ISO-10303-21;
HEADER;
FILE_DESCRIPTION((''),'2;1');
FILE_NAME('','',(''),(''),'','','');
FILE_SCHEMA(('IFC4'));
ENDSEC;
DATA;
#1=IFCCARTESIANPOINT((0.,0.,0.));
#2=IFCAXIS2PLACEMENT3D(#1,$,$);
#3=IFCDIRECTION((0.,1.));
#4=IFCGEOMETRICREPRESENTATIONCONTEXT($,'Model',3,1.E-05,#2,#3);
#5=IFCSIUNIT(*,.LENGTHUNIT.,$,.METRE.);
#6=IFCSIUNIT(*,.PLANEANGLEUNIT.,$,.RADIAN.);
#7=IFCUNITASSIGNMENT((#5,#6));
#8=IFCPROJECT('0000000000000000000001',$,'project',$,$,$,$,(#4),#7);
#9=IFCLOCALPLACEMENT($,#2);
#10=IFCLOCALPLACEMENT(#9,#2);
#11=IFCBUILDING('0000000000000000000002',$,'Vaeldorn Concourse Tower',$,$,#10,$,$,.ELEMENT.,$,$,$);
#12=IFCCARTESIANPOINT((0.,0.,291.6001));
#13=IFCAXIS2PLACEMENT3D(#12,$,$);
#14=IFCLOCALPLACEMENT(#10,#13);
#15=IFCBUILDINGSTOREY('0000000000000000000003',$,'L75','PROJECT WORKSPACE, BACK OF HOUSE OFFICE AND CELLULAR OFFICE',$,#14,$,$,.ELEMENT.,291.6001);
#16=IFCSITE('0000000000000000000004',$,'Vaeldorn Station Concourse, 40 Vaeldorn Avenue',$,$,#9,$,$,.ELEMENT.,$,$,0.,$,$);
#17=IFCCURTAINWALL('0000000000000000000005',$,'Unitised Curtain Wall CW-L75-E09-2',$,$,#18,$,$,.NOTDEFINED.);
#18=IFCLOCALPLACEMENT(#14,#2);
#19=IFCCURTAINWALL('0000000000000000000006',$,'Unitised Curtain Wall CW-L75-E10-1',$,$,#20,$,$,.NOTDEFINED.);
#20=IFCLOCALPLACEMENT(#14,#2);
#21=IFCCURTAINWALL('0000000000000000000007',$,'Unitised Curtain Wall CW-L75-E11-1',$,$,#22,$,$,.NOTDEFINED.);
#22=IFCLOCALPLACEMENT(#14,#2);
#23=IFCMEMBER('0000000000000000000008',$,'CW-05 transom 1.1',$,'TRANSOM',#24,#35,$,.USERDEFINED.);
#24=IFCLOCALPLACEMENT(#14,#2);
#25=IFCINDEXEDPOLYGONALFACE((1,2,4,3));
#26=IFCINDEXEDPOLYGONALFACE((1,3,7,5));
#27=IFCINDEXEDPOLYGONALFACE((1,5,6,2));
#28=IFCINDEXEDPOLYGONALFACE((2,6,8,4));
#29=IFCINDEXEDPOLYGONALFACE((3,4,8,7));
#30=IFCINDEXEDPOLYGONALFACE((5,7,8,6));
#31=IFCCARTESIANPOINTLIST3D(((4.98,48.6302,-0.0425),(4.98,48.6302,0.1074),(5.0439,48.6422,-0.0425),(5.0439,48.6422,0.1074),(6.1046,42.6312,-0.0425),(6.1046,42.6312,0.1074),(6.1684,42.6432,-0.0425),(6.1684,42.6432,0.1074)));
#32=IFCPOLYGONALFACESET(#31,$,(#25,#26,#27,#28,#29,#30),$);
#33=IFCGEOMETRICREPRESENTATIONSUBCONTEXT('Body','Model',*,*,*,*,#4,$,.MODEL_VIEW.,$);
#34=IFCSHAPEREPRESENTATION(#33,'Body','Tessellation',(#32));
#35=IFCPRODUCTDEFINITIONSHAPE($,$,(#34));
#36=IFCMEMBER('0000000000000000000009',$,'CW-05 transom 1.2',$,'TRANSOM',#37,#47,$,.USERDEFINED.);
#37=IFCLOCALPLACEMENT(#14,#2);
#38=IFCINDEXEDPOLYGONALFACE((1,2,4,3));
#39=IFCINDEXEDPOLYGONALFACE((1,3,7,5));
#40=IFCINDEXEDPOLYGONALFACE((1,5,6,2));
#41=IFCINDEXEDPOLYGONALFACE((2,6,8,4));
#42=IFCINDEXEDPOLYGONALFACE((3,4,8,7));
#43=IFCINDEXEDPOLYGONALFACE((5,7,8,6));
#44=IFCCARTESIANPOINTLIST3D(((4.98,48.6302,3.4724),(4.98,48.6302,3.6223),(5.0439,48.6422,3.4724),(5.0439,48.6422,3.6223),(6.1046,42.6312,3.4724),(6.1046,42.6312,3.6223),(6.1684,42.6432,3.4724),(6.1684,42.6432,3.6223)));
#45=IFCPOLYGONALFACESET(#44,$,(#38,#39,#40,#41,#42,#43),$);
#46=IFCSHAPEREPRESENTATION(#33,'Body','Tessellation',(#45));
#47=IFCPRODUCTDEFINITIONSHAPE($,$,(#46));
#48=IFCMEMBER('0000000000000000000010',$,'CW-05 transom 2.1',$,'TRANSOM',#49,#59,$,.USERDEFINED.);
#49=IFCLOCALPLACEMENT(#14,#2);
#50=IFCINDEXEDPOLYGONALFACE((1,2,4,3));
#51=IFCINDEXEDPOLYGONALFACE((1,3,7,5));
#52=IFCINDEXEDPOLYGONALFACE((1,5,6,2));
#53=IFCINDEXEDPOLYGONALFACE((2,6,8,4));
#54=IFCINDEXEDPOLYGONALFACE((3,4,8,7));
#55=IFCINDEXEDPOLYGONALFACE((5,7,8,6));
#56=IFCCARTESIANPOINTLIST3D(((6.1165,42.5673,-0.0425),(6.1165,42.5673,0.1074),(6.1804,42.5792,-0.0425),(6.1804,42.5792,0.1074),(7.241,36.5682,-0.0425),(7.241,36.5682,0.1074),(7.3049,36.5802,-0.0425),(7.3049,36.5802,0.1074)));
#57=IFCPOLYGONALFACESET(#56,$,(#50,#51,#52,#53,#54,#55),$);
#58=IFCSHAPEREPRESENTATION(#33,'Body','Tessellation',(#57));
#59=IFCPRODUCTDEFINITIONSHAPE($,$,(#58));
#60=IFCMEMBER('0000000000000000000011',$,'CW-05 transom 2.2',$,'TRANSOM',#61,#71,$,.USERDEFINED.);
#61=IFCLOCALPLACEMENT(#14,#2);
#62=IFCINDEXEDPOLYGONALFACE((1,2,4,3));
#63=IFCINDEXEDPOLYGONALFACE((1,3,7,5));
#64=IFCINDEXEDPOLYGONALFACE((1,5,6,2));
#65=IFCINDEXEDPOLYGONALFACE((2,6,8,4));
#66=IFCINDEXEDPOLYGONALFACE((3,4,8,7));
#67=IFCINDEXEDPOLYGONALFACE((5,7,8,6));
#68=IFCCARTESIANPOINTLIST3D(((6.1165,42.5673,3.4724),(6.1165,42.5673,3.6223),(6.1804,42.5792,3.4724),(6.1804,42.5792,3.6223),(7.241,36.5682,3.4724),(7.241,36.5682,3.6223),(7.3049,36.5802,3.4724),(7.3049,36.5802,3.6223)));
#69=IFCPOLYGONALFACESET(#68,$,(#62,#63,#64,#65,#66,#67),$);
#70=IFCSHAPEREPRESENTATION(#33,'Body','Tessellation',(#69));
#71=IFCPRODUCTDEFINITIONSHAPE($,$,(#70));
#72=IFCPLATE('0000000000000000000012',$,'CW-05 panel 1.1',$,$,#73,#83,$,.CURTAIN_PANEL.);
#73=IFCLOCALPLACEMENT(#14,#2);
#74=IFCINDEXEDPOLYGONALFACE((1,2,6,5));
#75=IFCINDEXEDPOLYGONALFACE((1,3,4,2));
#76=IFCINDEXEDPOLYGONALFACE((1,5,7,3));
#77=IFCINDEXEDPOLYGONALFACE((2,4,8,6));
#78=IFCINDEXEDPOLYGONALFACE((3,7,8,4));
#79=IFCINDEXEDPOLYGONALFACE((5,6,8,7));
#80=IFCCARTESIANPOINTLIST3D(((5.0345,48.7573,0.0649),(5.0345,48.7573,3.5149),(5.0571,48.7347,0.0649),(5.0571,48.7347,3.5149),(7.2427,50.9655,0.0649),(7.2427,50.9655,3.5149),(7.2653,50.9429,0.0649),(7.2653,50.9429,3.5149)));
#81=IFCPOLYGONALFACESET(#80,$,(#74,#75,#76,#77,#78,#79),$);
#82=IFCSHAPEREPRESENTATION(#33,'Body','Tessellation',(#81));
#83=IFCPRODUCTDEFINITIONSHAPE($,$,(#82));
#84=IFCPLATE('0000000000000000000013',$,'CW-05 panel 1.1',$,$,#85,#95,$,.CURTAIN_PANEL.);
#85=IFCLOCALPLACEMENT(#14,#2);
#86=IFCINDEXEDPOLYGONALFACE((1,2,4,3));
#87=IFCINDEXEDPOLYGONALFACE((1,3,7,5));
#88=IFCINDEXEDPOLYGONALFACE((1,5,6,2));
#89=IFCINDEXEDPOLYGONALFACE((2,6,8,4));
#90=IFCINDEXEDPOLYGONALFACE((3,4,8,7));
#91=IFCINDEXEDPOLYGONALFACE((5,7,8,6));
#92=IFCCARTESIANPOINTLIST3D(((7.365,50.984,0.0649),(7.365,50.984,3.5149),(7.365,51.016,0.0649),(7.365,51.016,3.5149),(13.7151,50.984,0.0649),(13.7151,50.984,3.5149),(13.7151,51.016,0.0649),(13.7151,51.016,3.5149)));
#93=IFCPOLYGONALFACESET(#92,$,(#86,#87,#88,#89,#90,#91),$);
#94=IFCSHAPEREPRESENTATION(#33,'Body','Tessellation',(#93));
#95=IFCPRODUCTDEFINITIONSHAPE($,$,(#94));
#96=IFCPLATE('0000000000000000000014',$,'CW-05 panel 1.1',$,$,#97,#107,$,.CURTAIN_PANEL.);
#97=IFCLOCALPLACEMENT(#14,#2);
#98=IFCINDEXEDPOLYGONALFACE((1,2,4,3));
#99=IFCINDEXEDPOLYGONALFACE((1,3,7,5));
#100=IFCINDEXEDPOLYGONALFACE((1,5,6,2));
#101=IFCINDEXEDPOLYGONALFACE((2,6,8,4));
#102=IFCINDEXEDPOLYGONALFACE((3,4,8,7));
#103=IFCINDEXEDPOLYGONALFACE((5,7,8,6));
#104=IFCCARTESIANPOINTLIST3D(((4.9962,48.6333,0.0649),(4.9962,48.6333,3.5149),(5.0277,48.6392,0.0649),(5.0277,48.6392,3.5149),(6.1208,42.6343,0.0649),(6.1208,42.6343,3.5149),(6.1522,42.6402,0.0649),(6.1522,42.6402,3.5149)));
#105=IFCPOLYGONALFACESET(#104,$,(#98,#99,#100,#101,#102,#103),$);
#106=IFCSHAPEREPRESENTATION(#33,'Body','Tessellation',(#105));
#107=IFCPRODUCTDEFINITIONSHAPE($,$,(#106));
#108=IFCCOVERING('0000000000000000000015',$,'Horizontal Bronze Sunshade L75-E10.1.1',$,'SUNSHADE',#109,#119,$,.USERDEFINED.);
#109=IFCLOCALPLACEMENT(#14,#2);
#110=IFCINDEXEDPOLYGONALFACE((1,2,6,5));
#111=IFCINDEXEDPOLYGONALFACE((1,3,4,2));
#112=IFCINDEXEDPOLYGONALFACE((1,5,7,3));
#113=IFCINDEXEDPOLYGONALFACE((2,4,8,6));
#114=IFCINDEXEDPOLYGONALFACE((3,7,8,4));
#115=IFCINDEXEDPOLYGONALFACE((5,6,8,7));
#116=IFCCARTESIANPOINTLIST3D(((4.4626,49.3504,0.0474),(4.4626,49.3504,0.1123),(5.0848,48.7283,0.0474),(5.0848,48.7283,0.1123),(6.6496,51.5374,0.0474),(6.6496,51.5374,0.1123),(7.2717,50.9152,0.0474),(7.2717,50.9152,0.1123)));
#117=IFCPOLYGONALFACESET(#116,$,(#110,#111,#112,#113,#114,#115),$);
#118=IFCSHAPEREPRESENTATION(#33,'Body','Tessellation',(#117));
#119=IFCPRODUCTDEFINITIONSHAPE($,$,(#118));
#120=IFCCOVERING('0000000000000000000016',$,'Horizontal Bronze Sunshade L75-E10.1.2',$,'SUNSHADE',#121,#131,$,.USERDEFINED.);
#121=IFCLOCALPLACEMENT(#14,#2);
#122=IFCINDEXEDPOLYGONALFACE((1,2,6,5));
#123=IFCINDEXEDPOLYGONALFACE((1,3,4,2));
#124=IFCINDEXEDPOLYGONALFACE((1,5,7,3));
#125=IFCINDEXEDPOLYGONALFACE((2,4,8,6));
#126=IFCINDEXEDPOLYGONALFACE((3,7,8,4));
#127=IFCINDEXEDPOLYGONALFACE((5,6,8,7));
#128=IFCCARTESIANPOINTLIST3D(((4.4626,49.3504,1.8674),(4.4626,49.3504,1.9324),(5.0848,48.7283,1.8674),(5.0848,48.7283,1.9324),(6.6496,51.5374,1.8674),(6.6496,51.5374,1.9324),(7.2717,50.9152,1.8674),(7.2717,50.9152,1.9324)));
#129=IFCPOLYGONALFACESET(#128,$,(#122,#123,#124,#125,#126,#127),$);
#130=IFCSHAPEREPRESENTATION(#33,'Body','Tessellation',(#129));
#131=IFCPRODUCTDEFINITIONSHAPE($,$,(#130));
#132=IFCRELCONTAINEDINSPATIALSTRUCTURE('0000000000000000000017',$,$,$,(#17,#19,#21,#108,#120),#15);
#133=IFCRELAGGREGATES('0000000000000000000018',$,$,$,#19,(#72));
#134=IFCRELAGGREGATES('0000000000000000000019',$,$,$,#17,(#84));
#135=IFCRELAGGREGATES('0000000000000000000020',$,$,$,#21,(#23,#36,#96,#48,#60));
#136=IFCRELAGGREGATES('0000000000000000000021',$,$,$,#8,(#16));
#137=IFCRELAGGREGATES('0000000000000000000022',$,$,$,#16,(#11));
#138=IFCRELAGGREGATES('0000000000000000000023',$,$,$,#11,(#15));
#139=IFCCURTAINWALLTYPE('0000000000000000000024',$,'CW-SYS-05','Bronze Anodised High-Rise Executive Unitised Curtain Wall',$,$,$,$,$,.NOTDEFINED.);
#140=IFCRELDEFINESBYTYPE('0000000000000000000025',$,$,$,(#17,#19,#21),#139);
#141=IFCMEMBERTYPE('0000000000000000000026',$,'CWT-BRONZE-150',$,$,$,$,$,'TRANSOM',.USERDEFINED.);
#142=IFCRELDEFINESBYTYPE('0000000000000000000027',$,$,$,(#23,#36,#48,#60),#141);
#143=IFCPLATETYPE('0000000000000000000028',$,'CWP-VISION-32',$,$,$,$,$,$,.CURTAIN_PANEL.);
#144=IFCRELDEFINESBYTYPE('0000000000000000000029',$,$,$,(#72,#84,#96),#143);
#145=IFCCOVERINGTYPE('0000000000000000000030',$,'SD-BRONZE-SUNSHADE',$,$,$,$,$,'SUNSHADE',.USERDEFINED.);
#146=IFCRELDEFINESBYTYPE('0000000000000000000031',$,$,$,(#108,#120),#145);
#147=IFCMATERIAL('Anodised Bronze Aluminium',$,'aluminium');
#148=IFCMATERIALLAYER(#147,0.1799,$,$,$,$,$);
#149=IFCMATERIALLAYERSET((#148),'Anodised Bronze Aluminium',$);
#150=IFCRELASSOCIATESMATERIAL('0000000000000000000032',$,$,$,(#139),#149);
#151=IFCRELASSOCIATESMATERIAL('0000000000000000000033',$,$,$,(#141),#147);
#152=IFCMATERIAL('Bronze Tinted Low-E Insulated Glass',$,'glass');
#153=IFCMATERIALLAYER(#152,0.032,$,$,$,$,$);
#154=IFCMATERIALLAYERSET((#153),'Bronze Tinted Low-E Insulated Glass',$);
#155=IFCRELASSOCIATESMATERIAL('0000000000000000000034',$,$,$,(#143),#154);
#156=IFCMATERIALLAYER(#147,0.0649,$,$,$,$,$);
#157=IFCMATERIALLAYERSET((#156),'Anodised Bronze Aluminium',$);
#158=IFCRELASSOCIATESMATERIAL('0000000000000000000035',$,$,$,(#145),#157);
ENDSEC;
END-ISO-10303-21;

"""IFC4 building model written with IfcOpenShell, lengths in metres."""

from ifc_helpers import new_model, si_unit, direction, frame, origin, origin_2d, place, context, subcontext, project, spatial, rectangle, extrude, source, transform, mapped, material, layer, layer_set, material_profile, profile_set, type_object, element, aggregate, save


model = new_model("IFC4")

# Units and contexts
model_context = context("Model", 3, precision=1e-05, world=origin(), true_north=direction((0.0, 1.0)))
body_context = subcontext(model_context, "Body", "Model", "MODEL_VIEW")
ifc_project = project(units=[si_unit("LENGTHUNIT", "METRE"), si_unit("PLANEANGLEUNIT", "RADIAN")], contexts=[model_context])

# Site, building, storey
site_placement = place(None, origin())
site = spatial("IfcSite", under=ifc_project, at=site_placement, Name="Vaeldorn Station Concourse, 40 Vaeldorn Avenue", CompositionType="ELEMENT", RefElevation=0.0)
building_placement = place(site_placement, origin())
building = spatial("IfcBuilding", under=site, at=building_placement, Name="Vaeldorn Concourse Tower", CompositionType="ELEMENT")
storey_placement = place(building_placement, frame((0.0, 0.0, 291.6001)))
storey = spatial("IfcBuildingStorey", under=building, at=storey_placement, Name="L75", Description="PROJECT WORKSPACE, BACK OF HOUSE OFFICE AND CELLULAR OFFICE", CompositionType="ELEMENT", Elevation=291.6001)

# Curtain walls
ifc_material_1 = material(Name="Anodised Bronze Aluminium", Category="aluminium")
ifc_layer_1 = layer(ifc_material_1, 0.1799)
ifc_layer_set_1 = layer_set([ifc_layer_1], Name="Anodised Bronze Aluminium")
curtain_wall_type = type_object("IfcCurtainWallType", Name="CW-SYS-05", Description="Bronze Anodised High-Rise Executive Unitised Curtain Wall", PredefinedType="NOTDEFINED", material=ifc_layer_set_1)
curtain_wall_1_placement = place(storey_placement, origin())
curtain_wall_1 = element("IfcCurtainWall", 1, at=curtain_wall_1_placement, inside=storey, type_object=curtain_wall_type, Name="Unitised Curtain Wall CW-L75-E09-2", PredefinedType="NOTDEFINED")
curtain_wall_2_placement = place(storey_placement, origin())
curtain_wall_2 = element("IfcCurtainWall", 2, at=curtain_wall_2_placement, inside=storey, type_object=curtain_wall_type, Name="Unitised Curtain Wall CW-L75-E10-1", PredefinedType="NOTDEFINED")
curtain_wall_3_placement = place(storey_placement, origin())
curtain_wall_3 = element("IfcCurtainWall", 3, at=curtain_wall_3_placement, inside=storey, type_object=curtain_wall_type, Name="Unitised Curtain Wall CW-L75-E11-1", PredefinedType="NOTDEFINED")

# Members
ifc_material_profile_1 = material_profile(ifc_material_1, rectangle(XDim=0.0649, YDim=0.1499, at=origin_2d()), Name="CWT 65x150")
ifc_profile_set_1 = profile_set([ifc_material_profile_1], Name="Anodised Bronze Aluminium")
member_type_1 = type_object("IfcMemberType", Name="CWT-BRONZE-150", ElementType="TRANSOM", PredefinedType="USERDEFINED", material=ifc_profile_set_1)
shared_shape_1 = source(origin(), body_context, "Body", "SweptSolid", [
    extrude(rectangle(XDim=0.0649, YDim=0.1499, at=origin_2d()), origin(), (0.0, 0.0, 1.0), 6.1035),
])
member_1_placement = place(storey_placement, frame((5.012, 48.6362, 0.0325), z_axis=(0.18424, -0.982881, 0.0), x_axis=(0.982881, 0.18424, 0.0)))
member_1 = element("IfcMember", 4, at=member_1_placement, type_object=member_type_1, Name="CW-05 transom 1.1", ObjectType="TRANSOM", PredefinedType="USERDEFINED", context=body_context, shape_type="MappedRepresentation", body=[
    mapped(shared_shape_1, transform((0.0, 0.0, 0.0), scale=1.0)),
])
member_2_placement = place(storey_placement, frame((5.012, 48.6362, 3.5474), z_axis=(0.18424, -0.982881, 0.0), x_axis=(0.982881, 0.18424, 0.0)))
member_2 = element("IfcMember", 5, at=member_2_placement, type_object=member_type_1, Name="CW-05 transom 1.2", ObjectType="TRANSOM", PredefinedType="USERDEFINED", context=body_context, shape_type="MappedRepresentation", body=[
    mapped(shared_shape_1, transform((0.0, 0.0, 0.0), scale=1.0)),
])
member_3_placement = place(storey_placement, frame((6.1484, 42.5732, 0.0325), z_axis=(0.18424, -0.982881, 0.0), x_axis=(0.982881, 0.18424, 0.0)))
member_3 = element("IfcMember", 6, at=member_3_placement, type_object=member_type_1, Name="CW-05 transom 2.1", ObjectType="TRANSOM", PredefinedType="USERDEFINED", context=body_context, shape_type="MappedRepresentation", body=[
    mapped(shared_shape_1, transform((0.0, 0.0, 0.0), scale=1.0)),
])
member_4_placement = place(storey_placement, frame((6.1484, 42.5732, 3.5474), z_axis=(0.18424, -0.982881, 0.0), x_axis=(0.982881, 0.18424, 0.0)))
member_4 = element("IfcMember", 7, at=member_4_placement, type_object=member_type_1, Name="CW-05 transom 2.2", ObjectType="TRANSOM", PredefinedType="USERDEFINED", context=body_context, shape_type="MappedRepresentation", body=[
    mapped(shared_shape_1, transform((0.0, 0.0, 0.0), scale=1.0)),
])

# Plates
ifc_material_2 = material(Name="Bronze Tinted Low-E Insulated Glass", Category="glass")
ifc_layer_2 = layer(ifc_material_2, 0.032)
ifc_layer_set_2 = layer_set([ifc_layer_2], Name="Bronze Tinted Low-E Insulated Glass")
plate_type = type_object("IfcPlateType", Name="CWP-VISION-32", PredefinedType="CURTAIN_PANEL", material=ifc_layer_set_2)
shared_shape_2 = source(origin(), body_context, "Body", "SweptSolid", [
    extrude(rectangle(XDim=3.1228, YDim=0.032, at=origin_2d()), origin(), (0.0, 0.0, 1.0), 3.45),
])
plate_1_placement = place(storey_placement, frame((6.1499, 49.8501, 0.0649), z_axis=(0.0, 0.0, 1.0), x_axis=(-0.707107, -0.707107, 0.0)))
plate_1 = element("IfcPlate", 8, at=plate_1_placement, type_object=plate_type, Name="CW-05 panel 1.1", PredefinedType="CURTAIN_PANEL", context=body_context, shape_type="MappedRepresentation", body=[
    mapped(shared_shape_2, transform((0.0, 0.0, 0.0), scale=1.0)),
])
aggregate(curtain_wall_2, [plate_1])
shared_shape_3 = source(origin(), body_context, "Body", "SweptSolid", [
    extrude(rectangle(XDim=6.3501, YDim=0.032, at=origin_2d()), origin(), (0.0, 0.0, 1.0), 3.45),
])
plate_2_placement = place(storey_placement, frame((10.54, 51.0, 0.0649), z_axis=(0.0, 0.0, 1.0), x_axis=(-1.0, 0.0, 0.0)))
plate_2 = element("IfcPlate", 9, at=plate_2_placement, type_object=plate_type, Name="CW-05 panel 1.1", PredefinedType="CURTAIN_PANEL", context=body_context, shape_type="MappedRepresentation", body=[
    mapped(shared_shape_3, transform((0.0, 0.0, 0.0), scale=1.0)),
])
aggregate(curtain_wall_1, [plate_2])
shared_shape_4 = source(origin(), body_context, "Body", "SweptSolid", [
    extrude(rectangle(XDim=6.1035, YDim=0.032, at=origin_2d()), origin(), (0.0, 0.0, 1.0), 3.45),
])
plate_3_placement = place(storey_placement, frame((5.5742, 45.6367, 0.0649), z_axis=(0.0, 0.0, 1.0), x_axis=(0.184246, -0.98288, 0.0)))
plate_3 = element("IfcPlate", 10, at=plate_3_placement, type_object=plate_type, Name="CW-05 panel 1.1", PredefinedType="CURTAIN_PANEL", context=body_context, shape_type="MappedRepresentation", body=[
    mapped(shared_shape_4, transform((0.0, 0.0, 0.0), scale=1.0)),
])
aggregate(curtain_wall_3, [member_1, member_2, plate_3, member_3, member_4])

# Coverings
ifc_layer_3 = layer(ifc_material_1, 0.0649)
ifc_layer_set_3 = layer_set([ifc_layer_3], Name="Anodised Bronze Aluminium")
covering_type = type_object("IfcCoveringType", Name="SD-BRONZE-SUNSHADE", ElementType="SUNSHADE", PredefinedType="USERDEFINED", material=ifc_layer_set_3)
shared_shape_5 = source(origin(), body_context, "Body", "SweptSolid", [
    extrude(rectangle(XDim=3.0928, YDim=0.8799, at=origin_2d()), origin(), (0.0, 0.0, 1.0), 0.0649),
])
for number, where, z_axis, x_axis, name in (
    (11, (5.8672, 50.1328, 0.0474), (0.0, 0.0, 1.0), (-0.707107, -0.707107, 0.0), "Horizontal Bronze Sunshade L75-E10.1.1"),
    (12, (5.8672, 50.1328, 1.8674), (0.0, 0.0, 1.0), (-0.707107, -0.707107, 0.0), "Horizontal Bronze Sunshade L75-E10.1.2"),
):
    element("IfcCovering", number, at=place(storey_placement, frame(where, z_axis=z_axis, x_axis=x_axis)), inside=storey, type_object=covering_type, Name=name, ObjectType="SUNSHADE", PredefinedType="USERDEFINED", context=body_context, shape_type="MappedRepresentation", body=[
        mapped(shared_shape_5, transform((0.0, 0.0, 0.0), scale=1.0)),
    ])

save(model, "model.ifc")
